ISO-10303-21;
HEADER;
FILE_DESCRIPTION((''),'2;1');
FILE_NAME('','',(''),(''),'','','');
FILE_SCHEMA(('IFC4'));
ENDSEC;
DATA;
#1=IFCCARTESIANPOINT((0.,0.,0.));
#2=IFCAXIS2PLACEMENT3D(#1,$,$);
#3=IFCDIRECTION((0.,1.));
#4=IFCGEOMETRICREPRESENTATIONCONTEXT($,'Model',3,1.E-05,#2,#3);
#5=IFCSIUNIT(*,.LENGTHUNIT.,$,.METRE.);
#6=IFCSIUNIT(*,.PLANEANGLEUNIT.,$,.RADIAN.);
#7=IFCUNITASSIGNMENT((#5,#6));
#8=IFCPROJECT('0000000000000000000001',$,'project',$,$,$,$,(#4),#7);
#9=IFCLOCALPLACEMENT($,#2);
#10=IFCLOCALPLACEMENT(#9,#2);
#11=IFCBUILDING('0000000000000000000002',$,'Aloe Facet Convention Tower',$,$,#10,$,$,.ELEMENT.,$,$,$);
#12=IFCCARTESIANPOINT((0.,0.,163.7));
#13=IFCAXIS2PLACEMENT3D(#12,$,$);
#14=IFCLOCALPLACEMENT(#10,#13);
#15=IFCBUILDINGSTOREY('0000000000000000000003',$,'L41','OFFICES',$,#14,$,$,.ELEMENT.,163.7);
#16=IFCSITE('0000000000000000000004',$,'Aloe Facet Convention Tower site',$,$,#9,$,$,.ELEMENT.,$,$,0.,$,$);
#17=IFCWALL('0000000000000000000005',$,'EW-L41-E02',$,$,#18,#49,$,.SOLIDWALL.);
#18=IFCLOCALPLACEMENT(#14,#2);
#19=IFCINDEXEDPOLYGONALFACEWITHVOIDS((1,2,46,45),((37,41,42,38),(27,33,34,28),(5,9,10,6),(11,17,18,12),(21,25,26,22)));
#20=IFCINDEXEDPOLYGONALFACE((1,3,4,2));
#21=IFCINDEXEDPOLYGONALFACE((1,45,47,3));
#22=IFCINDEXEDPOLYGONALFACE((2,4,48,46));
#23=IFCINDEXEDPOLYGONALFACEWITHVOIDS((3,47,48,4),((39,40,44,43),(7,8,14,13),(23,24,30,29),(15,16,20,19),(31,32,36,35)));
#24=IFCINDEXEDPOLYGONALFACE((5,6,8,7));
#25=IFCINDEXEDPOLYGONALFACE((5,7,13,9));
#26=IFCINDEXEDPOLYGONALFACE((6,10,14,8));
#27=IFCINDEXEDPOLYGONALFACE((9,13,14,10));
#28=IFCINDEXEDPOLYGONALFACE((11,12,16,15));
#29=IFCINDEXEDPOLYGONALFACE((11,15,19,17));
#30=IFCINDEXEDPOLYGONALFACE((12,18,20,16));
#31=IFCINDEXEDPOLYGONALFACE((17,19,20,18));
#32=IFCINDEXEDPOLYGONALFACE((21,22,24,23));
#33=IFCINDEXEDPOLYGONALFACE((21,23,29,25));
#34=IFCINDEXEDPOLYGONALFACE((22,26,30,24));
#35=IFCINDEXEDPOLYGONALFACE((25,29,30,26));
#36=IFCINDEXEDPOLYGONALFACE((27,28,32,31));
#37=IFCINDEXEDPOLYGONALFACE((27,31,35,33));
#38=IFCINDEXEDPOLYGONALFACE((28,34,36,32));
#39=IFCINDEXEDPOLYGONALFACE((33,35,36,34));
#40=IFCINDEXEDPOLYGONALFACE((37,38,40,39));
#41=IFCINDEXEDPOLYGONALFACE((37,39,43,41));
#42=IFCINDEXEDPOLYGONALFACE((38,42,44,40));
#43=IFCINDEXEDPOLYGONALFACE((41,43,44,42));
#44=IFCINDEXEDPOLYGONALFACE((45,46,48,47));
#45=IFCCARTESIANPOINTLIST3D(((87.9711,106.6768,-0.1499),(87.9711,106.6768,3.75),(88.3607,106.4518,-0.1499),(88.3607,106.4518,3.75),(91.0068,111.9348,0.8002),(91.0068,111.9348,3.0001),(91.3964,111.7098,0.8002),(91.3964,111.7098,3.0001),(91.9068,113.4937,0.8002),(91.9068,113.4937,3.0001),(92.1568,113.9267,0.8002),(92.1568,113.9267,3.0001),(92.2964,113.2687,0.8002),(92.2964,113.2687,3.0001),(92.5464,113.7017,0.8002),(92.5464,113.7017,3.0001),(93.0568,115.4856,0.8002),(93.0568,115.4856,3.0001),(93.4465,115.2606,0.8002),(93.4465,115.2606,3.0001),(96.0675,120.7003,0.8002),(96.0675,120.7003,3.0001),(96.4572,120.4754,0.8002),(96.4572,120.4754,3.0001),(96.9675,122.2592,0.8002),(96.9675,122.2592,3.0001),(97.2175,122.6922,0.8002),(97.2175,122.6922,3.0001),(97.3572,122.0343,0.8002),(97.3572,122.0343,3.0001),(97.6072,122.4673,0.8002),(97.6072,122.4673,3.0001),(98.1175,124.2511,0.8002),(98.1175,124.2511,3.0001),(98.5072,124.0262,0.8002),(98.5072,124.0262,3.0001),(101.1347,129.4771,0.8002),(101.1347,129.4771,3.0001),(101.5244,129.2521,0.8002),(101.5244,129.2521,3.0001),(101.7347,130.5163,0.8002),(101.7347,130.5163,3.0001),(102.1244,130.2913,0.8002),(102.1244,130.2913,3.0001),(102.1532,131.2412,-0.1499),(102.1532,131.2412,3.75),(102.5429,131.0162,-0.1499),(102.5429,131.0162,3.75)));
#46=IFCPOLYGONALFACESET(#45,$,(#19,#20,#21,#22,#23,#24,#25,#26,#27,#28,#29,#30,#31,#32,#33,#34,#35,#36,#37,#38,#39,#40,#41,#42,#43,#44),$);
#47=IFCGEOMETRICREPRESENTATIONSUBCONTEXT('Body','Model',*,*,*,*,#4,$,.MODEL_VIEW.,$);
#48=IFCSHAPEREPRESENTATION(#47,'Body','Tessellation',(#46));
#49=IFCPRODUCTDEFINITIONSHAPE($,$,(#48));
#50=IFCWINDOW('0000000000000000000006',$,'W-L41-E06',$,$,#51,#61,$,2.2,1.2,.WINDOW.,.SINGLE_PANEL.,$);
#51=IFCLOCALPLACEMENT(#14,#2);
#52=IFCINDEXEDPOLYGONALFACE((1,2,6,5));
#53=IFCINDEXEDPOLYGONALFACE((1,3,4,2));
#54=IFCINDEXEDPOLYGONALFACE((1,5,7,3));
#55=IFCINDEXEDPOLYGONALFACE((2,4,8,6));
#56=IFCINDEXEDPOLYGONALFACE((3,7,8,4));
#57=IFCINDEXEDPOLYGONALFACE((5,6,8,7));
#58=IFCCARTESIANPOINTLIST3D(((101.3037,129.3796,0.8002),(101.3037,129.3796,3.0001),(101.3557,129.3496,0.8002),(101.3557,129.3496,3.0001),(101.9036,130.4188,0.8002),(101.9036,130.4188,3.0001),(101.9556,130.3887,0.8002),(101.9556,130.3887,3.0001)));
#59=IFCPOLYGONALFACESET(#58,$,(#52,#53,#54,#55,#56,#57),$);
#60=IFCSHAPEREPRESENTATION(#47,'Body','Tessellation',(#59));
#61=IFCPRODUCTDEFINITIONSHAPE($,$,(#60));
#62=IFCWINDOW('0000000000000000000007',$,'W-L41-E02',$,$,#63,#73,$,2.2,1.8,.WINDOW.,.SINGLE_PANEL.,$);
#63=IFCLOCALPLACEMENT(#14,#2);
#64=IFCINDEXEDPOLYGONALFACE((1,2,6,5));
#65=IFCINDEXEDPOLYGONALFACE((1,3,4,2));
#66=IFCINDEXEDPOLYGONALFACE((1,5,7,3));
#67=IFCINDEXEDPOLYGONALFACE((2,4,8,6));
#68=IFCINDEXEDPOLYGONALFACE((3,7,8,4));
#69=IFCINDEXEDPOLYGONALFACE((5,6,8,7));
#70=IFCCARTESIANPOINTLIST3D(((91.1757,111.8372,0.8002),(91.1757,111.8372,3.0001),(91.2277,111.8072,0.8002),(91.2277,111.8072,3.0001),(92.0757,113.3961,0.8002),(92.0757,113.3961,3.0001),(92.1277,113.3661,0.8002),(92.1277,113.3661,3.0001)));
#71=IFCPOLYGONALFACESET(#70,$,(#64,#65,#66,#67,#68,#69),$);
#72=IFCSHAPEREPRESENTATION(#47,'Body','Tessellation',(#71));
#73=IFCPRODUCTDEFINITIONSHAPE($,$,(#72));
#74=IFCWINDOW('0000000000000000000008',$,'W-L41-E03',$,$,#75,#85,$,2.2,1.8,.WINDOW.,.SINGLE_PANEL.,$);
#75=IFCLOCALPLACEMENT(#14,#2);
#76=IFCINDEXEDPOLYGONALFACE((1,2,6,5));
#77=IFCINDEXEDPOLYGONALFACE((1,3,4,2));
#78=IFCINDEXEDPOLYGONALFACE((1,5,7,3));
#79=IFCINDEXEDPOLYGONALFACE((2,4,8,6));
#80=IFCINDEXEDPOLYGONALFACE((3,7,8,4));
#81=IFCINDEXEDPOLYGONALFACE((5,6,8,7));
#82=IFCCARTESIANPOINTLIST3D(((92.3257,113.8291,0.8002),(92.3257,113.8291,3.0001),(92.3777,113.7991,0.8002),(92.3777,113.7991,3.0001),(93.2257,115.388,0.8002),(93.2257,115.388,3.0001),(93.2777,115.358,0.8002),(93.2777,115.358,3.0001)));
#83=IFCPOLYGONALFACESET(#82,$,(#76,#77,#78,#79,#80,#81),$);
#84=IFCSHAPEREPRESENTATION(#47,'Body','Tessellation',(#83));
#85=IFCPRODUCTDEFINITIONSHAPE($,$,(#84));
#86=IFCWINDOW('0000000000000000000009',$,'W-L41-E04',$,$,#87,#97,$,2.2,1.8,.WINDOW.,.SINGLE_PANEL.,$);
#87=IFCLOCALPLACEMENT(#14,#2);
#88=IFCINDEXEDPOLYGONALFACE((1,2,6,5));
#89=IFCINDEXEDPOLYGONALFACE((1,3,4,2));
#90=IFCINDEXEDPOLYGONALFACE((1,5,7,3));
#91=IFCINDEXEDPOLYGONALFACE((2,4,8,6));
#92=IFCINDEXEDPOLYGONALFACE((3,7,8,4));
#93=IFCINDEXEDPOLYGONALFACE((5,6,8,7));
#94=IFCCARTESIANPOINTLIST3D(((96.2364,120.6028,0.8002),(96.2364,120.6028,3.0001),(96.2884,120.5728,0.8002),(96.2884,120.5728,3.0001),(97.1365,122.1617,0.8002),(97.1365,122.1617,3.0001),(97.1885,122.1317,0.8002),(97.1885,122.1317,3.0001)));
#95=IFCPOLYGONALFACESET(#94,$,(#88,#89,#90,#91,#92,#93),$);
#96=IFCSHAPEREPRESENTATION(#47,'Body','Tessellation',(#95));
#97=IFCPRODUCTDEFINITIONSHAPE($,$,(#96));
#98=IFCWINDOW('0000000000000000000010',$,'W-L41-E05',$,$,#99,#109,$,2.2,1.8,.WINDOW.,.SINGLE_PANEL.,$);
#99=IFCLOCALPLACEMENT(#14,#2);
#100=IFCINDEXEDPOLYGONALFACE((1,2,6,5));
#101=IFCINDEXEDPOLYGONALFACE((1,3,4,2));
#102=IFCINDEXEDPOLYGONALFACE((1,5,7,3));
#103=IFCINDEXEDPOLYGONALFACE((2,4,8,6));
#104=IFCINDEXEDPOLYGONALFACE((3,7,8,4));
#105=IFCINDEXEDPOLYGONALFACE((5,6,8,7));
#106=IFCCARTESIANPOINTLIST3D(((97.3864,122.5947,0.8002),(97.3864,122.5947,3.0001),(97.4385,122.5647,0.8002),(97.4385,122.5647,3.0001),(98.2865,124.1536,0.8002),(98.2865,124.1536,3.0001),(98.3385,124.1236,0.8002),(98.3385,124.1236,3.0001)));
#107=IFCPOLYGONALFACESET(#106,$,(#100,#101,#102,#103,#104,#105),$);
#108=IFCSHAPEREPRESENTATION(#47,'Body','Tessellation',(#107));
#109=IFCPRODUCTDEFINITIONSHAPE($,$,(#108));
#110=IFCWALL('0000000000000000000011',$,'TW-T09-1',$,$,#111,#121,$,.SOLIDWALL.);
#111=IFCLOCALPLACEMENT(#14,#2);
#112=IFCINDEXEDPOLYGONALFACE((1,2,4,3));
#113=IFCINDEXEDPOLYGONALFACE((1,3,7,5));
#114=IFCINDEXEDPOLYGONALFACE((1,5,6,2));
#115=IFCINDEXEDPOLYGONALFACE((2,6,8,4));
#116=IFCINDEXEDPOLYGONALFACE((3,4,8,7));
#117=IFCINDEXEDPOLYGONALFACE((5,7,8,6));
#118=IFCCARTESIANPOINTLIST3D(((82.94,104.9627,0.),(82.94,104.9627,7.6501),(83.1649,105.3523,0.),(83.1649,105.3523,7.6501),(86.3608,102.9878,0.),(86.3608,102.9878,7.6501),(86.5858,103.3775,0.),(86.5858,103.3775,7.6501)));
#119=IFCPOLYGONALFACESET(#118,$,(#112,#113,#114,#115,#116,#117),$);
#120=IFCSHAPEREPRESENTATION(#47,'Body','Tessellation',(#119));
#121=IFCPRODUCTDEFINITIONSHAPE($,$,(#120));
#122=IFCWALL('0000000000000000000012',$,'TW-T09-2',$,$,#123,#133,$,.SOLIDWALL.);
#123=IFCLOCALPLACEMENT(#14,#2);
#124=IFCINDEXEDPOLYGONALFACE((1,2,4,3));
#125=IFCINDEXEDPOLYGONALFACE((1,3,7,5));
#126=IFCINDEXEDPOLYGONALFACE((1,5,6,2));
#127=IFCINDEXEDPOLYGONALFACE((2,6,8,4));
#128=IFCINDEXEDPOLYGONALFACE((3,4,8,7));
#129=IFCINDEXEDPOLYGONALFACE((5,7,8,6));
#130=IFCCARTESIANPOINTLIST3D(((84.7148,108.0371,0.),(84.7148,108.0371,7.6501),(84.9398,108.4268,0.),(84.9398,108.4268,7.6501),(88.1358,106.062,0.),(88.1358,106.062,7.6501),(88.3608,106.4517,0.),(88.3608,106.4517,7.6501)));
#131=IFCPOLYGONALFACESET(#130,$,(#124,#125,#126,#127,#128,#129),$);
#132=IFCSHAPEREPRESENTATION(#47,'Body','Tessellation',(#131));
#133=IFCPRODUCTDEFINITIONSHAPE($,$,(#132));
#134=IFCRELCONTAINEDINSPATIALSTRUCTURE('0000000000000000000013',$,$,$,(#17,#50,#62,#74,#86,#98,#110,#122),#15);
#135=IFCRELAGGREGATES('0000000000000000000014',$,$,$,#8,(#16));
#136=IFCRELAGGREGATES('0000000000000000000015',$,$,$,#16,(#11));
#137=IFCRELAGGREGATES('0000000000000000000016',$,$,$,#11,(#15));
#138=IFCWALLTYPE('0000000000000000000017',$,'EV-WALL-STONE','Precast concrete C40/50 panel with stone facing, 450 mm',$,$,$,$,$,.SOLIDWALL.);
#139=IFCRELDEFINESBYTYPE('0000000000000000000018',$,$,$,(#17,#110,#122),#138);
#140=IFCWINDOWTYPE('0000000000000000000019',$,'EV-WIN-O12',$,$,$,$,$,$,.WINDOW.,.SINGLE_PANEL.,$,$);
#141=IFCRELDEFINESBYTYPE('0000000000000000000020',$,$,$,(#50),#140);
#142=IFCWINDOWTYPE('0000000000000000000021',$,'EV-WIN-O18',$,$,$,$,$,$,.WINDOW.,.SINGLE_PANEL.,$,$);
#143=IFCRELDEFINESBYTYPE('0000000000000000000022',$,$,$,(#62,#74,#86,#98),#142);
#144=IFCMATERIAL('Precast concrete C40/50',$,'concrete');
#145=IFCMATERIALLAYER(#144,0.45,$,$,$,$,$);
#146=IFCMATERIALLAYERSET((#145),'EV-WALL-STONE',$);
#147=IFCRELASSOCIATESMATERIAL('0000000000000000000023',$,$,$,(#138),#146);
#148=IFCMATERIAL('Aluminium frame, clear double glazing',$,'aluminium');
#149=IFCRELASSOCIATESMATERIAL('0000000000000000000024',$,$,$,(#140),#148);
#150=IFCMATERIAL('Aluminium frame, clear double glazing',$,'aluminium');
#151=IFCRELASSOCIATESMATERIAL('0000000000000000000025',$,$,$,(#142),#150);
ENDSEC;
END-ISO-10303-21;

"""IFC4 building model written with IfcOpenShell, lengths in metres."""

from ifc_helpers import new_model, si_unit, direction, frame, frame_2d, origin, place, context, subcontext, project, spatial, polyline, rectangle, outline, extrude, material, layer, layer_set, type_object, element, fill, save


model = new_model("IFC4")

# Units and contexts
model_context = context("Model", 3, precision=1e-05, world=origin(), true_north=direction((0.0, 1.0)))
body_context = subcontext(model_context, "Body", "Model", "MODEL_VIEW")
ifc_project = project(units=[si_unit("LENGTHUNIT", "METRE"), si_unit("PLANEANGLEUNIT", "RADIAN")], contexts=[model_context])

# Site, building, storey
site_placement = place(None, origin())
site = spatial("IfcSite", under=ifc_project, at=site_placement, Name="Aloe Facet Convention Tower site", CompositionType="ELEMENT", RefElevation=0.0)
building_placement = place(site_placement, origin())
building = spatial("IfcBuilding", under=site, at=building_placement, Name="Aloe Facet Convention Tower", CompositionType="ELEMENT")
storey_placement = place(building_placement, frame((0.0, 0.0, 163.7)))
storey = spatial("IfcBuildingStorey", under=building, at=storey_placement, Name="L41", Description="OFFICES", CompositionType="ELEMENT", Elevation=163.7)

# Wall, openings, windows
ifc_material_1 = material(Name="Precast concrete C40/50", Category="concrete")
ifc_layer_1 = layer(ifc_material_1, 0.45)
ifc_layer_set_1 = layer_set([ifc_layer_1], Name="EV-WALL-STONE")
wall_type_1 = type_object("IfcWallType", Name="EV-WALL-STONE", Description="Precast concrete C40/50 panel with stone facing, 450 mm", PredefinedType="SOLIDWALL", material=ifc_layer_set_1)
wall_1_placement = place(storey_placement, frame((88.166, 106.5642, -0.1499), z_axis=(0.0, 0.0, 1.0), x_axis=(0.499996, 0.866028, 0.0)))
wall_1 = element("IfcWall", 1, at=wall_1_placement, inside=storey, type_object=wall_type_1, Name="EW-L41-E02", PredefinedType="SOLIDWALL", context=body_context, shape_type="SweptSolid", body=[
    extrude(outline(polyline([(28.3645, 3.8999), (28.3645, 0.0), (0.0, 0.0), (0.0, 3.8999), (28.3645, 3.8999)])), frame((0.0, 0.2251, 0.0), z_axis=(0.0, -1.0, 0.0), x_axis=(1.0, 0.0, 0.0)), (0.0, 0.0, 1.0), 0.45),
])
opening_1_placement = place(wall_1_placement, frame((6.0715, 0.0, 0.95)))
opening_1 = element("IfcOpeningElement", 2, at=opening_1_placement, cuts=wall_1, PredefinedType="OPENING", context=body_context, shape_type="SweptSolid", body=[
    extrude(rectangle(XDim=1.8, YDim=2.2, at=frame_2d((0.8999, 1.1001))), frame((0.0, 0.2349, 0.0), z_axis=(0.0, -1.0, 0.0), x_axis=(1.0, 0.0, 0.0)), (0.0, 0.0, 1.0), 0.47),
])
opening_2_placement = place(wall_1_placement, frame((8.3716, 0.0, 0.95)))
opening_2 = element("IfcOpeningElement", 3, at=opening_2_placement, cuts=wall_1, PredefinedType="OPENING", context=body_context, shape_type="SweptSolid", body=[
    extrude(rectangle(XDim=1.8, YDim=2.2, at=frame_2d((0.8999, 1.1001))), frame((0.0, 0.2349, 0.0), z_axis=(0.0, -1.0, 0.0), x_axis=(1.0, 0.0, 0.0)), (0.0, 0.0, 1.0), 0.47),
])
opening_3_placement = place(wall_1_placement, frame((16.1931, 0.0, 0.95)))
opening_3 = element("IfcOpeningElement", 4, at=opening_3_placement, cuts=wall_1, PredefinedType="OPENING", context=body_context, shape_type="SweptSolid", body=[
    extrude(rectangle(XDim=1.8, YDim=2.2, at=frame_2d((0.8999, 1.1001))), frame((0.0, 0.2349, 0.0), z_axis=(0.0, -1.0, 0.0), x_axis=(1.0, 0.0, 0.0)), (0.0, 0.0, 1.0), 0.47),
])
opening_4_placement = place(wall_1_placement, frame((18.4932, 0.0, 0.95)))
opening_4 = element("IfcOpeningElement", 5, at=opening_4_placement, cuts=wall_1, PredefinedType="OPENING", context=body_context, shape_type="SweptSolid", body=[
    extrude(rectangle(XDim=1.8, YDim=2.2, at=frame_2d((0.8999, 1.1001))), frame((0.0, 0.2349, 0.0), z_axis=(0.0, -1.0, 0.0), x_axis=(1.0, 0.0, 0.0)), (0.0, 0.0, 1.0), 0.47),
])
opening_5_placement = place(wall_1_placement, frame((26.3274, 0.0, 0.95)))
opening_5 = element("IfcOpeningElement", 6, at=opening_5_placement, cuts=wall_1, PredefinedType="OPENING", context=body_context, shape_type="SweptSolid", body=[
    extrude(rectangle(XDim=1.2, YDim=2.2, at=frame_2d((0.6001, 1.1001))), frame((0.0, 0.2349, 0.0), z_axis=(0.0, -1.0, 0.0), x_axis=(1.0, 0.0, 0.0)), (0.0, 0.0, 1.0), 0.47),
])
ifc_material_2 = material(Name="Aluminium frame, clear double glazing", Category="aluminium")
window_type_1 = type_object("IfcWindowType", Name="EV-WIN-O12", PartitioningType="SINGLE_PANEL", PredefinedType="WINDOW", material=ifc_material_2)
window_1_placement = place(opening_5_placement, origin())
window_1 = element("IfcWindow", 7, at=window_1_placement, inside=storey, type_object=window_type_1, Name="W-L41-E06", OverallHeight=2.2, OverallWidth=1.2, PartitioningType="SINGLE_PANEL", PredefinedType="WINDOW", context=body_context, shape_type="SweptSolid", body=[
    extrude(rectangle(XDim=1.2, YDim=2.2, at=frame_2d((0.6001, 1.1001))), frame((0.0, 0.03, 0.0), z_axis=(0.0, -1.0, 0.0), x_axis=(1.0, 0.0, 0.0)), (0.0, 0.0, 1.0), 0.0601),
])
fill(opening_5, window_1)
ifc_material_3 = material(Name="Aluminium frame, clear double glazing", Category="aluminium")
window_type_2 = type_object("IfcWindowType", Name="EV-WIN-O18", PartitioningType="SINGLE_PANEL", PredefinedType="WINDOW", material=ifc_material_3)
window_2_placement = place(opening_1_placement, origin())
window_2 = element("IfcWindow", 8, at=window_2_placement, inside=storey, type_object=window_type_2, Name="W-L41-E02", OverallHeight=2.2, OverallWidth=1.8, PartitioningType="SINGLE_PANEL", PredefinedType="WINDOW", context=body_context, shape_type="SweptSolid", body=[
    extrude(rectangle(XDim=1.8, YDim=2.2, at=frame_2d((0.8999, 1.1001))), frame((0.0, 0.03, 0.0), z_axis=(0.0, -1.0, 0.0), x_axis=(1.0, 0.0, 0.0)), (0.0, 0.0, 1.0), 0.0601),
])
fill(opening_1, window_2)
window_3_placement = place(opening_2_placement, origin())
window_3 = element("IfcWindow", 9, at=window_3_placement, inside=storey, type_object=window_type_2, Name="W-L41-E03", OverallHeight=2.2, OverallWidth=1.8, PartitioningType="SINGLE_PANEL", PredefinedType="WINDOW", context=body_context, shape_type="SweptSolid", body=[
    extrude(rectangle(XDim=1.8, YDim=2.2, at=frame_2d((0.8999, 1.1001))), frame((0.0, 0.03, 0.0), z_axis=(0.0, -1.0, 0.0), x_axis=(1.0, 0.0, 0.0)), (0.0, 0.0, 1.0), 0.0601),
])
fill(opening_2, window_3)
window_4_placement = place(opening_3_placement, origin())
window_4 = element("IfcWindow", 10, at=window_4_placement, inside=storey, type_object=window_type_2, Name="W-L41-E04", OverallHeight=2.2, OverallWidth=1.8, PartitioningType="SINGLE_PANEL", PredefinedType="WINDOW", context=body_context, shape_type="SweptSolid", body=[
    extrude(rectangle(XDim=1.8, YDim=2.2, at=frame_2d((0.8999, 1.1001))), frame((0.0, 0.03, 0.0), z_axis=(0.0, -1.0, 0.0), x_axis=(1.0, 0.0, 0.0)), (0.0, 0.0, 1.0), 0.0601),
])
fill(opening_3, window_4)
window_5_placement = place(opening_4_placement, origin())
window_5 = element("IfcWindow", 11, at=window_5_placement, inside=storey, type_object=window_type_2, Name="W-L41-E05", OverallHeight=2.2, OverallWidth=1.8, PartitioningType="SINGLE_PANEL", PredefinedType="WINDOW", context=body_context, shape_type="SweptSolid", body=[
    extrude(rectangle(XDim=1.8, YDim=2.2, at=frame_2d((0.8999, 1.1001))), frame((0.0, 0.03, 0.0), z_axis=(0.0, -1.0, 0.0), x_axis=(1.0, 0.0, 0.0)), (0.0, 0.0, 1.0), 0.0601),
])
fill(opening_4, window_5)

# Walls
wall_2_placement = place(storey_placement, frame((86.4734, 103.1826, 0.0), z_axis=(0.0, 0.0, 1.0), x_axis=(-0.866048, 0.499961, 0.0)))
element("IfcWall", 12, at=wall_2_placement, inside=storey, type_object=wall_type_1, Name="TW-T09-1", PredefinedType="SOLIDWALL", context=body_context, shape_type="SweptSolid", body=[
    extrude(rectangle(XDim=3.95, YDim=0.45, at=frame_2d((1.9751, 0.0))), origin(), (0.0, 0.0, 1.0), 7.6501),
])
wall_3_placement = place(storey_placement, frame((88.2483, 106.2568, 0.0), z_axis=(0.0, 0.0, 1.0), x_axis=(-0.866021, 0.500008, 0.0)))
element("IfcWall", 13, at=wall_3_placement, inside=storey, type_object=wall_type_1, Name="TW-T09-2", PredefinedType="SOLIDWALL", context=body_context, shape_type="SweptSolid", body=[
    extrude(rectangle(XDim=3.9502, YDim=0.45, at=frame_2d((1.9751, 0.0))), origin(), (0.0, 0.0, 1.0), 7.6501),
])

save(model, "model.ifc")
